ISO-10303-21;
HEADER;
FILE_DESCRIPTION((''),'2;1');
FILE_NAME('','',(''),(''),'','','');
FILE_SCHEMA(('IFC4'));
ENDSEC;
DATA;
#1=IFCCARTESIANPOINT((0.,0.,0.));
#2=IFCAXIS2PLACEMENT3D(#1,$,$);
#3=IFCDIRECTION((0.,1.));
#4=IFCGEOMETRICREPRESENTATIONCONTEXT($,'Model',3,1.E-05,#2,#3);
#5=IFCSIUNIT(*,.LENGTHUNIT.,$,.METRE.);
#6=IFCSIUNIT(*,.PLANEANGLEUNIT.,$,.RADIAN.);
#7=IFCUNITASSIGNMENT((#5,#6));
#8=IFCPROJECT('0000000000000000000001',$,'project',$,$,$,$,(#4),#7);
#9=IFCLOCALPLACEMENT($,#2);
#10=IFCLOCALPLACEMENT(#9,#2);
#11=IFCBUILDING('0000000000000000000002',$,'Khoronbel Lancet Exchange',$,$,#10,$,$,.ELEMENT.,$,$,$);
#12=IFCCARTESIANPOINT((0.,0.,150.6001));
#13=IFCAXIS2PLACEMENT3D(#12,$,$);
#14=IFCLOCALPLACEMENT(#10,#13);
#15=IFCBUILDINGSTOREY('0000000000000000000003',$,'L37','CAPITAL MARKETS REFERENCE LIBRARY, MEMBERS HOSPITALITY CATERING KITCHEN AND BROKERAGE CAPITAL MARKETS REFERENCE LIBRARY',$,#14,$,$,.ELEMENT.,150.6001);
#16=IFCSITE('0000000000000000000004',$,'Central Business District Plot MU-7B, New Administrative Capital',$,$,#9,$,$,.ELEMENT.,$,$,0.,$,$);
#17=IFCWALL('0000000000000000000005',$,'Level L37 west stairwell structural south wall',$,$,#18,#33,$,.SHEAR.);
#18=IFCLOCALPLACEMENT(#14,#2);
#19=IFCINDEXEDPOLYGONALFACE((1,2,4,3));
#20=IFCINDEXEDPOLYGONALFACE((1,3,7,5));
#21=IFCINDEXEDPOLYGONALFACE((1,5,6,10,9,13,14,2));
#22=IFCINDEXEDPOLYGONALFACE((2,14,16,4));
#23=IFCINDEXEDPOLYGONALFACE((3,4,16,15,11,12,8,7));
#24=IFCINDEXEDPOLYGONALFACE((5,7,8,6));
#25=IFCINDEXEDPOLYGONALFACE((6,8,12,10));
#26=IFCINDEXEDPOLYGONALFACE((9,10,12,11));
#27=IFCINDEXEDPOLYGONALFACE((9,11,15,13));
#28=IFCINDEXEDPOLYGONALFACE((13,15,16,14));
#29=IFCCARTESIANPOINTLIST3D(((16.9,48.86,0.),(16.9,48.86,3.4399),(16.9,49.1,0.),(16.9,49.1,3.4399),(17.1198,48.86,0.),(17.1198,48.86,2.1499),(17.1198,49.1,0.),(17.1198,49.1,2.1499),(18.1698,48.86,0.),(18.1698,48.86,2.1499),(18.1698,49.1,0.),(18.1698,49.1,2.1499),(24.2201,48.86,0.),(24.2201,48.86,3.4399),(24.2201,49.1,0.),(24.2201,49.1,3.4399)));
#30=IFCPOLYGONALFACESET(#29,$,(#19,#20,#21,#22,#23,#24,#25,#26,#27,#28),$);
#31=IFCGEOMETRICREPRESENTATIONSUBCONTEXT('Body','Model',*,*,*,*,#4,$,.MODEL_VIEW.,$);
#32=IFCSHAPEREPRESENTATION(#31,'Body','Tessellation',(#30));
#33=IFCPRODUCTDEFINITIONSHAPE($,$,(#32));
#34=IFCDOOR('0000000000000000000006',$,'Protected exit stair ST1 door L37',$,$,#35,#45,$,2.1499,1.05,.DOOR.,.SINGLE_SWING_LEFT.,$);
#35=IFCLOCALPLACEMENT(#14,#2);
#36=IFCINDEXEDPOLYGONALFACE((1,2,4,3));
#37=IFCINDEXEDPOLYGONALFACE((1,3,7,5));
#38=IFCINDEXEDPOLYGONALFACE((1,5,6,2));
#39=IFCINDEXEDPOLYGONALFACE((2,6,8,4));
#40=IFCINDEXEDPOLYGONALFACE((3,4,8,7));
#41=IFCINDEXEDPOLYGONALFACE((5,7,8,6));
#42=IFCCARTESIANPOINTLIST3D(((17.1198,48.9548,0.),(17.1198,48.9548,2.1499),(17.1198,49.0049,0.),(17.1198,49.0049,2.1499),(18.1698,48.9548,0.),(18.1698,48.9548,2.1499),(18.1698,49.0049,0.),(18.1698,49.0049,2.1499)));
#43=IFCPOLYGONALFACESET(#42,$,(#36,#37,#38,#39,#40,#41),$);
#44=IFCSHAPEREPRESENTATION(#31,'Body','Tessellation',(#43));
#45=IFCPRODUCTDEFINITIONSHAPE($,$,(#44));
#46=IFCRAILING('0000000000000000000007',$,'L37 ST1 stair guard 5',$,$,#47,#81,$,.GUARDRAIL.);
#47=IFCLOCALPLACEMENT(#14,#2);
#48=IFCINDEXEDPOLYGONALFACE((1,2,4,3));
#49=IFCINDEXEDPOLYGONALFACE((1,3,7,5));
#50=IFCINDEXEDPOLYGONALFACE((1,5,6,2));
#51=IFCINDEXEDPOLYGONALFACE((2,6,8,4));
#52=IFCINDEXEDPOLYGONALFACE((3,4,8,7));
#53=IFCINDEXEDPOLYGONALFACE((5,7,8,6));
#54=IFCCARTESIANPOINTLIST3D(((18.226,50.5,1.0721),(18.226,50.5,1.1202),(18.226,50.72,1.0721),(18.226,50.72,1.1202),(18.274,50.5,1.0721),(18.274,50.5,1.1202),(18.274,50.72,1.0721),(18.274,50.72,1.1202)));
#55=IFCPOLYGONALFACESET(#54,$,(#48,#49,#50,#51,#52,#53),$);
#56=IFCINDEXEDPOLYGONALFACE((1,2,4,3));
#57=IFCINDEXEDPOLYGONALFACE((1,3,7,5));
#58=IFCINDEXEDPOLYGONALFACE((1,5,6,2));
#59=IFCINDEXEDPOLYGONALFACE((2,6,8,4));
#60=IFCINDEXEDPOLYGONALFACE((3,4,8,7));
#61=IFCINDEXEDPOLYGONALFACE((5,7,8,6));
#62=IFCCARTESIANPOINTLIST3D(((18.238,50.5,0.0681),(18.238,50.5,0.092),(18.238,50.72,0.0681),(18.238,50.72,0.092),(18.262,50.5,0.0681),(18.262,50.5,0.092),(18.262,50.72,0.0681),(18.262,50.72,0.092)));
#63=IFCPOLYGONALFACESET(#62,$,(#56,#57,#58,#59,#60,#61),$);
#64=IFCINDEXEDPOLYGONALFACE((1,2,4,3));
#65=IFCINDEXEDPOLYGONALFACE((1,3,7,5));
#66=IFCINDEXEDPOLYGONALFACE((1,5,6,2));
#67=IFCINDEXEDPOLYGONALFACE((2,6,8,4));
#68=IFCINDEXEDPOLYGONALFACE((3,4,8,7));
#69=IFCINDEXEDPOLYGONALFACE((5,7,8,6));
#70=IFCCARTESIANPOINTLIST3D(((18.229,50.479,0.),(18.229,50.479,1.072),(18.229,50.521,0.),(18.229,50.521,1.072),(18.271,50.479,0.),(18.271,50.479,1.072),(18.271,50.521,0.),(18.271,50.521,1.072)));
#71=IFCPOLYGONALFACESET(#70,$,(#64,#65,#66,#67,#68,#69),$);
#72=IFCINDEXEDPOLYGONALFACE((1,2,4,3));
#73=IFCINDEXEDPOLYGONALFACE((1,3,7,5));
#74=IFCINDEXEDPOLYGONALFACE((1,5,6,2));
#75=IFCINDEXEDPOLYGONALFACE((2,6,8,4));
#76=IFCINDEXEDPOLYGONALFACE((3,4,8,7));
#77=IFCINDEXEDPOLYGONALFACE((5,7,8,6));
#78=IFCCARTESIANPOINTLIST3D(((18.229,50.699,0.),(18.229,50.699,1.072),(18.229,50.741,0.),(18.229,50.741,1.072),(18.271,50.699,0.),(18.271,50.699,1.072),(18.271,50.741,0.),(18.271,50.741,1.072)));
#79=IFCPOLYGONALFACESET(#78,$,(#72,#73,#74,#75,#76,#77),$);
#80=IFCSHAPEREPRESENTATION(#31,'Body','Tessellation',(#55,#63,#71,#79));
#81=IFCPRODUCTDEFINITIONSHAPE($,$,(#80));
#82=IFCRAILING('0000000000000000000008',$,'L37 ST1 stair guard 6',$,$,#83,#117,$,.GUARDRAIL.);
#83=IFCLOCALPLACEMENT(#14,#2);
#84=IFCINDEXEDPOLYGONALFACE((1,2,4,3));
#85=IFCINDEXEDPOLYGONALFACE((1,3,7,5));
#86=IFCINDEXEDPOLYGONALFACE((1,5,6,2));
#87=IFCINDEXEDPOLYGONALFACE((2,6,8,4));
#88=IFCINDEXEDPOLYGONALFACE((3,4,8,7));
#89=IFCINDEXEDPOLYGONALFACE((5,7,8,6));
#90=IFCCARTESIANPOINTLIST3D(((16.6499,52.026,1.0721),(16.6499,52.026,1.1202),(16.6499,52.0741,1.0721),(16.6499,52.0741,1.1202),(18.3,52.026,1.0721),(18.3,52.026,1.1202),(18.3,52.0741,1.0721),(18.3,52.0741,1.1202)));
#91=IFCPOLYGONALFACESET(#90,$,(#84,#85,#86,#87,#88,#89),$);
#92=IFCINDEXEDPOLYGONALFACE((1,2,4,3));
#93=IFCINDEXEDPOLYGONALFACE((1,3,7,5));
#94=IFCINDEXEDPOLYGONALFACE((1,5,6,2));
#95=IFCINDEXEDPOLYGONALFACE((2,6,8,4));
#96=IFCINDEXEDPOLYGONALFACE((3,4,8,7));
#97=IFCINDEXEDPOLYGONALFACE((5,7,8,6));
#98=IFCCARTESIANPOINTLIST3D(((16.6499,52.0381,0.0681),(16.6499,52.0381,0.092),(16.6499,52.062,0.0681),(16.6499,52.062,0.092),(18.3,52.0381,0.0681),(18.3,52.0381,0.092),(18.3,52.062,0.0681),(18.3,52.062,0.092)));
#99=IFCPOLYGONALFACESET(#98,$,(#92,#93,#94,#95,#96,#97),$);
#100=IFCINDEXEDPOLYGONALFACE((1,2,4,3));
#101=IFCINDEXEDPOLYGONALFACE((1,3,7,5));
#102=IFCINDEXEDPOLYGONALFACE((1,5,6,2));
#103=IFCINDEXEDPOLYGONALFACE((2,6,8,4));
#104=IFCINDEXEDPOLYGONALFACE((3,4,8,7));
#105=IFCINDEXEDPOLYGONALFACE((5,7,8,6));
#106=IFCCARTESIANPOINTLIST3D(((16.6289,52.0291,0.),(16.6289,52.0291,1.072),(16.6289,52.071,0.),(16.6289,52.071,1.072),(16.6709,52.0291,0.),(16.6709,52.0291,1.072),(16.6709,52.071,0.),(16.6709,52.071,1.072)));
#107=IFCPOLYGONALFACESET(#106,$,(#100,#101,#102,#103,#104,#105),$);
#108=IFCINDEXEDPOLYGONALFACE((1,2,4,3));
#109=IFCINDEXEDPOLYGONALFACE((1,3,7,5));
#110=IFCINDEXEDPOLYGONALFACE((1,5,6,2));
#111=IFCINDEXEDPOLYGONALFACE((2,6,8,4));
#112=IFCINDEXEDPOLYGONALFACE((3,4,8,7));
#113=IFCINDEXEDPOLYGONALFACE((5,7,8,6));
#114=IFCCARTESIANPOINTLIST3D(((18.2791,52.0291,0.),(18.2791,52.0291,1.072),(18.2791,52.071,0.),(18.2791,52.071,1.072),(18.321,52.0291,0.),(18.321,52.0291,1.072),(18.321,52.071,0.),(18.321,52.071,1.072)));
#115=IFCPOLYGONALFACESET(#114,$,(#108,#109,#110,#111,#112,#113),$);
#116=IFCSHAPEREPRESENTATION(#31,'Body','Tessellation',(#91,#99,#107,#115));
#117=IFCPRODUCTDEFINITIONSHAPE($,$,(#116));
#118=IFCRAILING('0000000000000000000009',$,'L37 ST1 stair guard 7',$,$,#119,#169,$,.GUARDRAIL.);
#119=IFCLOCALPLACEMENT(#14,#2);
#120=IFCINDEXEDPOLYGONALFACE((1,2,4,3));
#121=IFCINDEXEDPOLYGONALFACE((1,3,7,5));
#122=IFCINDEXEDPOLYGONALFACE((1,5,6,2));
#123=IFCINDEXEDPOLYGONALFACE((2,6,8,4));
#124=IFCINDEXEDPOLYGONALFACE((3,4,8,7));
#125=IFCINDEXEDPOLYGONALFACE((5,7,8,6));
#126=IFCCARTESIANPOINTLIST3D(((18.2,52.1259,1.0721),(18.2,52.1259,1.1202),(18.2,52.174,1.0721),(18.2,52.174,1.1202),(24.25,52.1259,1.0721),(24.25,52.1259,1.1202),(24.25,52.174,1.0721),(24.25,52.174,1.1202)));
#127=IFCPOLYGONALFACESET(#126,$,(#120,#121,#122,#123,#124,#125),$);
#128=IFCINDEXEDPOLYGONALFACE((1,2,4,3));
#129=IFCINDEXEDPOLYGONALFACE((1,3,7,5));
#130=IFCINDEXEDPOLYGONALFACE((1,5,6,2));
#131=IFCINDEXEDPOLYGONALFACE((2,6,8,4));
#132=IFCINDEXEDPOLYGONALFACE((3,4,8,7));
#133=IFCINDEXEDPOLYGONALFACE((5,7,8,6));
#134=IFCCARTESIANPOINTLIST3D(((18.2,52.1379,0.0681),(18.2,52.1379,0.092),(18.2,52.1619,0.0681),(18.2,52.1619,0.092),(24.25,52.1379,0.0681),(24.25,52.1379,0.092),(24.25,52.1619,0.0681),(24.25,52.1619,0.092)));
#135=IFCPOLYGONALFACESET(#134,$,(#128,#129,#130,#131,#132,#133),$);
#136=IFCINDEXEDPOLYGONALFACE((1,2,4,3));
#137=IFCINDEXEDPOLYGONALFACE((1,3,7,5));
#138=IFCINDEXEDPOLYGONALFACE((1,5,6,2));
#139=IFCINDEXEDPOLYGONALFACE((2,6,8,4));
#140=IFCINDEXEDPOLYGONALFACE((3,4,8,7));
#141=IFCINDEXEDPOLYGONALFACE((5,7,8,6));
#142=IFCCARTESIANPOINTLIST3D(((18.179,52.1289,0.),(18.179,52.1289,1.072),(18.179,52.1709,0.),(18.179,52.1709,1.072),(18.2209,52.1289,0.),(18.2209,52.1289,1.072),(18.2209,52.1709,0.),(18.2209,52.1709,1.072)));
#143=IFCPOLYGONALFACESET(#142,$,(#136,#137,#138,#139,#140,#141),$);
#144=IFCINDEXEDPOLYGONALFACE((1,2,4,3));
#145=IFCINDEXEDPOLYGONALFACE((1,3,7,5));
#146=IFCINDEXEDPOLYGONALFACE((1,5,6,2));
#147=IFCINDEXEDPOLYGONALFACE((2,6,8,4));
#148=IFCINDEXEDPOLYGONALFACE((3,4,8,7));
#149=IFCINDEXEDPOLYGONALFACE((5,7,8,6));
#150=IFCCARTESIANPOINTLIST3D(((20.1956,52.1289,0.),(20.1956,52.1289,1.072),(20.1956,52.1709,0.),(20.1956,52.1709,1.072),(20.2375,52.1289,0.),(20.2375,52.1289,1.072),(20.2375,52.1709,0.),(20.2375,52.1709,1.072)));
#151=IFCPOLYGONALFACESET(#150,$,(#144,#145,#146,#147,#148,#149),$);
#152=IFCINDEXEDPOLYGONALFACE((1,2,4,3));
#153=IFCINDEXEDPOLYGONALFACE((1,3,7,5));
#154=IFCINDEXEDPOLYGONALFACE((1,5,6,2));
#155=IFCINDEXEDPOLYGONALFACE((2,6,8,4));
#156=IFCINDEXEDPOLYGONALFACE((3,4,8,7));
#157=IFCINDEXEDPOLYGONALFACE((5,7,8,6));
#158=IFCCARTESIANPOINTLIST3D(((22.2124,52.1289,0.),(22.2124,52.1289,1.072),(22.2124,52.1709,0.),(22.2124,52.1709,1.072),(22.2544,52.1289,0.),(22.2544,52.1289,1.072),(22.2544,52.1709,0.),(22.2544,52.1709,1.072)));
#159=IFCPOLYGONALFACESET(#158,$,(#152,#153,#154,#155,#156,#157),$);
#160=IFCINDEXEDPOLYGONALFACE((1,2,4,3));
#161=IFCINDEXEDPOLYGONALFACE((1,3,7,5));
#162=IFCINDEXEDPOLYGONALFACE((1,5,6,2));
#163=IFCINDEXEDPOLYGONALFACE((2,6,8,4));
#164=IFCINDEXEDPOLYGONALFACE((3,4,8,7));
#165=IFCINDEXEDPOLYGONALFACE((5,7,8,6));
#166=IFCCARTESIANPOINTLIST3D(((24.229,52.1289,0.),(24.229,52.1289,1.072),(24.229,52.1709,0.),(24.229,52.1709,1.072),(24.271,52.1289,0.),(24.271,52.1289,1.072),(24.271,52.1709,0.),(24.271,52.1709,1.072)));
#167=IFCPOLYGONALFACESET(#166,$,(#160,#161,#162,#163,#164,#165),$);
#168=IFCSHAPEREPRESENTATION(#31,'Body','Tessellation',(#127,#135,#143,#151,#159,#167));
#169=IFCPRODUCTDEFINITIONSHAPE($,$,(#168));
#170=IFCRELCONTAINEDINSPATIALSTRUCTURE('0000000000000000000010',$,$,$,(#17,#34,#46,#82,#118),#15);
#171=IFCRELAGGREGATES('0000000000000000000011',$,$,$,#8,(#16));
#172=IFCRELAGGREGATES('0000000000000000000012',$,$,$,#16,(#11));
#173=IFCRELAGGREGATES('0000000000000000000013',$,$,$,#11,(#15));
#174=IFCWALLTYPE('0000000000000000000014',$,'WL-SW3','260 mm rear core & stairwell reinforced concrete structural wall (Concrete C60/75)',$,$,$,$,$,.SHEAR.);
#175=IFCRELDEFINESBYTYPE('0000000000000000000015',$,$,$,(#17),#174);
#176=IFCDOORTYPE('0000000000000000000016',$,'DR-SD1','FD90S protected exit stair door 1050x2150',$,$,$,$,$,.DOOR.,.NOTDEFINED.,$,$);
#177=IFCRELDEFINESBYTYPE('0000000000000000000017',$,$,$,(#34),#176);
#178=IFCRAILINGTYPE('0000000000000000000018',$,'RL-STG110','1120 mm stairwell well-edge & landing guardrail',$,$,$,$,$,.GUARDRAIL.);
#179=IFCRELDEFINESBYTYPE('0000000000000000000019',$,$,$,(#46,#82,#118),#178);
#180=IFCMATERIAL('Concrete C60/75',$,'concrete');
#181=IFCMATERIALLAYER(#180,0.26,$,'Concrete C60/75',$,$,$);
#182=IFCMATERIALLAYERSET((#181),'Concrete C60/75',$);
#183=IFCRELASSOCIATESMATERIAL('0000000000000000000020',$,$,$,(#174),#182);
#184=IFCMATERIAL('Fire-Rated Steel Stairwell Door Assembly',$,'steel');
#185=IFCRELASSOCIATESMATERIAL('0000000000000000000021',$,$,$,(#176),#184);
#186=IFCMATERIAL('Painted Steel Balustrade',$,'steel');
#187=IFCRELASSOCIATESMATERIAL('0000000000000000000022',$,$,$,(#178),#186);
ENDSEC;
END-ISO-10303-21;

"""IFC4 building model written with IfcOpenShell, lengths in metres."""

from ifc_helpers import new_model, si_unit, direction, frame, frame_2d, origin, origin_2d, place, context, subcontext, project, spatial, rectangle, extrude, material, layer, layer_set, type_object, element, fill, save


model = new_model("IFC4")

# Units and contexts
model_context = context("Model", 3, precision=1e-05, world=origin(), true_north=direction((0.0, 1.0)))
body_context = subcontext(model_context, "Body", "Model", "MODEL_VIEW")
ifc_project = project(units=[si_unit("LENGTHUNIT", "METRE"), si_unit("PLANEANGLEUNIT", "RADIAN")], contexts=[model_context])

# Site, building, storey
site_placement = place(None, origin())
site = spatial("IfcSite", under=ifc_project, at=site_placement, Name="Central Business District Plot MU-7B, New Administrative Capital", CompositionType="ELEMENT", RefElevation=0.0)
building_placement = place(site_placement, origin())
building = spatial("IfcBuilding", under=site, at=building_placement, Name="Khoronbel Lancet Exchange", CompositionType="ELEMENT")
storey_placement = place(building_placement, frame((0.0, 0.0, 150.6001)))
storey = spatial("IfcBuildingStorey", under=building, at=storey_placement, Name="L37", Description="CAPITAL MARKETS REFERENCE LIBRARY, MEMBERS HOSPITALITY CATERING KITCHEN AND BROKERAGE CAPITAL MARKETS REFERENCE LIBRARY", CompositionType="ELEMENT", Elevation=150.6001)

# Wall, opening, door
ifc_material_1 = material(Name="Concrete C60/75", Category="concrete")
ifc_layer_1 = layer(ifc_material_1, 0.26, Name="Concrete C60/75")
ifc_layer_set_1 = layer_set([ifc_layer_1], Name="Concrete C60/75")
wall_type_1 = type_object("IfcWallType", Name="WL-SW3", Description="260 mm rear core & stairwell reinforced concrete structural wall (Concrete C60/75)", PredefinedType="SHEAR", material=ifc_layer_set_1)
wall_1_placement = place(storey_placement, frame((16.8999, 48.98, 0.0), z_axis=(0.0, 0.0, 1.0), x_axis=(1.0, 0.0, 0.0)))
wall_1 = element("IfcWall", 1, at=wall_1_placement, inside=storey, type_object=wall_type_1, Name="Level L37 west stairwell structural south wall", PredefinedType="SHEAR", context=body_context, shape_type="SweptSolid", body=[
    extrude(rectangle(XDim=7.3201, YDim=0.24, at=frame_2d((3.6602, 0.0))), origin(), (0.0, 0.0, 1.0), 3.4399),
])
opening_placement = place(wall_1_placement, frame((0.22, 0.0, 0.0)))
opening = element("IfcOpeningElement", 2, at=opening_placement, cuts=wall_1, PredefinedType="OPENING", context=body_context, shape_type="SweptSolid", body=[
    extrude(rectangle(XDim=1.05, YDim=2.1499, at=frame_2d((0.5249, 1.075))), frame((0.0, 0.1299, 0.0), z_axis=(0.0, -1.0, 0.0), x_axis=(1.0, 0.0, 0.0)), (0.0, 0.0, 1.0), 0.26),
])
ifc_material_2 = material(Name="Fire-Rated Steel Stairwell Door Assembly", Category="steel")
door_type = type_object("IfcDoorType", Name="DR-SD1", Description="FD90S protected exit stair door 1050x2150", OperationType="NOTDEFINED", PredefinedType="DOOR", material=ifc_material_2)
door_placement = place(opening_placement, origin())
door = element("IfcDoor", 3, at=door_placement, inside=storey, type_object=door_type, Name="Protected exit stair ST1 door L37", OperationType="SINGLE_SWING_LEFT", OverallHeight=2.1499, OverallWidth=1.05, PredefinedType="DOOR", context=body_context, shape_type="SweptSolid", body=[
    extrude(rectangle(XDim=1.05, YDim=2.1499, at=frame_2d((0.5249, 1.075))), frame((0.0, 0.0249, 0.0), z_axis=(0.0, -1.0, 0.0), x_axis=(1.0, 0.0, 0.0)), (0.0, 0.0, 1.0), 0.05),
])
fill(opening, door)

# Railings
ifc_material_3 = material(Name="Painted Steel Balustrade", Category="steel")
railing_type = type_object("IfcRailingType", Name="RL-STG110", Description="1120 mm stairwell well-edge & landing guardrail", PredefinedType="GUARDRAIL", material=ifc_material_3)
railing_1_placement = place(storey_placement, frame((18.25, 50.5, 0.0)))
element("IfcRailing", 4, at=railing_1_placement, inside=storey, type_object=railing_type, Name="L37 ST1 stair guard 5", PredefinedType="GUARDRAIL", context=body_context, shape_type="SweptSolid", body=[
    extrude(rectangle(XDim=0.0481, YDim=0.0481, at=origin_2d()), frame((0.0, 0.0, 1.0962), z_axis=(0.0, 1.0, 0.0), x_axis=(-1.0, 0.0, 0.0)), (0.0, 0.0, 1.0), 0.22),
    extrude(rectangle(XDim=0.0239, YDim=0.0239, at=origin_2d()), frame((0.0, 0.0, 0.0801), z_axis=(0.0, 1.0, 0.0), x_axis=(-1.0, 0.0, 0.0)), (0.0, 0.0, 1.0), 0.22),
    extrude(rectangle(XDim=0.042, YDim=0.042, at=origin_2d()), origin(), (0.0, 0.0, 1.0), 1.072),
    extrude(rectangle(XDim=0.042, YDim=0.042, at=origin_2d()), frame((0.0, 0.22, 0.0)), (0.0, 0.0, 1.0), 1.072),
])
railing_2_placement = place(storey_placement, frame((16.6499, 52.05, 0.0)))
element("IfcRailing", 5, at=railing_2_placement, inside=storey, type_object=railing_type, Name="L37 ST1 stair guard 6", PredefinedType="GUARDRAIL", context=body_context, shape_type="SweptSolid", body=[
    extrude(rectangle(XDim=0.0481, YDim=0.0481, at=origin_2d()), frame((0.0, 0.0, 1.0962), z_axis=(1.0, 0.0, 0.0), x_axis=(0.0, 1.0, 0.0)), (0.0, 0.0, 1.0), 1.6501),
    extrude(rectangle(XDim=0.0239, YDim=0.0239, at=origin_2d()), frame((0.0, 0.0, 0.0801), z_axis=(1.0, 0.0, 0.0), x_axis=(0.0, 1.0, 0.0)), (0.0, 0.0, 1.0), 1.6501),
    extrude(rectangle(XDim=0.042, YDim=0.042, at=origin_2d()), origin(), (0.0, 0.0, 1.0), 1.072),
    extrude(rectangle(XDim=0.042, YDim=0.042, at=origin_2d()), frame((1.6501, 0.0, 0.0)), (0.0, 0.0, 1.0), 1.072),
])
railing_3_placement = place(storey_placement, frame((18.2, 52.1499, 0.0)))
element("IfcRailing", 6, at=railing_3_placement, inside=storey, type_object=railing_type, Name="L37 ST1 stair guard 7", PredefinedType="GUARDRAIL", context=body_context, shape_type="SweptSolid", body=[
    extrude(rectangle(XDim=0.0481, YDim=0.0481, at=origin_2d()), frame((0.0, 0.0, 1.0962), z_axis=(1.0, 0.0, 0.0), x_axis=(0.0, 1.0, 0.0)), (0.0, 0.0, 1.0), 6.05),
    extrude(rectangle(XDim=0.0239, YDim=0.0239, at=origin_2d()), frame((0.0, 0.0, 0.0801), z_axis=(1.0, 0.0, 0.0), x_axis=(0.0, 1.0, 0.0)), (0.0, 0.0, 1.0), 6.05),
    extrude(rectangle(XDim=0.042, YDim=0.042, at=origin_2d()), origin(), (0.0, 0.0, 1.0), 1.072),
    extrude(rectangle(XDim=0.042, YDim=0.042, at=origin_2d()), frame((2.0166, 0.0, 0.0)), (0.0, 0.0, 1.0), 1.072),
    extrude(rectangle(XDim=0.042, YDim=0.042, at=origin_2d()), frame((4.0334, 0.0, 0.0)), (0.0, 0.0, 1.0), 1.072),
    extrude(rectangle(XDim=0.042, YDim=0.042, at=origin_2d()), frame((6.05, 0.0, 0.0)), (0.0, 0.0, 1.0), 1.072),
])

save(model, "model.ifc")
